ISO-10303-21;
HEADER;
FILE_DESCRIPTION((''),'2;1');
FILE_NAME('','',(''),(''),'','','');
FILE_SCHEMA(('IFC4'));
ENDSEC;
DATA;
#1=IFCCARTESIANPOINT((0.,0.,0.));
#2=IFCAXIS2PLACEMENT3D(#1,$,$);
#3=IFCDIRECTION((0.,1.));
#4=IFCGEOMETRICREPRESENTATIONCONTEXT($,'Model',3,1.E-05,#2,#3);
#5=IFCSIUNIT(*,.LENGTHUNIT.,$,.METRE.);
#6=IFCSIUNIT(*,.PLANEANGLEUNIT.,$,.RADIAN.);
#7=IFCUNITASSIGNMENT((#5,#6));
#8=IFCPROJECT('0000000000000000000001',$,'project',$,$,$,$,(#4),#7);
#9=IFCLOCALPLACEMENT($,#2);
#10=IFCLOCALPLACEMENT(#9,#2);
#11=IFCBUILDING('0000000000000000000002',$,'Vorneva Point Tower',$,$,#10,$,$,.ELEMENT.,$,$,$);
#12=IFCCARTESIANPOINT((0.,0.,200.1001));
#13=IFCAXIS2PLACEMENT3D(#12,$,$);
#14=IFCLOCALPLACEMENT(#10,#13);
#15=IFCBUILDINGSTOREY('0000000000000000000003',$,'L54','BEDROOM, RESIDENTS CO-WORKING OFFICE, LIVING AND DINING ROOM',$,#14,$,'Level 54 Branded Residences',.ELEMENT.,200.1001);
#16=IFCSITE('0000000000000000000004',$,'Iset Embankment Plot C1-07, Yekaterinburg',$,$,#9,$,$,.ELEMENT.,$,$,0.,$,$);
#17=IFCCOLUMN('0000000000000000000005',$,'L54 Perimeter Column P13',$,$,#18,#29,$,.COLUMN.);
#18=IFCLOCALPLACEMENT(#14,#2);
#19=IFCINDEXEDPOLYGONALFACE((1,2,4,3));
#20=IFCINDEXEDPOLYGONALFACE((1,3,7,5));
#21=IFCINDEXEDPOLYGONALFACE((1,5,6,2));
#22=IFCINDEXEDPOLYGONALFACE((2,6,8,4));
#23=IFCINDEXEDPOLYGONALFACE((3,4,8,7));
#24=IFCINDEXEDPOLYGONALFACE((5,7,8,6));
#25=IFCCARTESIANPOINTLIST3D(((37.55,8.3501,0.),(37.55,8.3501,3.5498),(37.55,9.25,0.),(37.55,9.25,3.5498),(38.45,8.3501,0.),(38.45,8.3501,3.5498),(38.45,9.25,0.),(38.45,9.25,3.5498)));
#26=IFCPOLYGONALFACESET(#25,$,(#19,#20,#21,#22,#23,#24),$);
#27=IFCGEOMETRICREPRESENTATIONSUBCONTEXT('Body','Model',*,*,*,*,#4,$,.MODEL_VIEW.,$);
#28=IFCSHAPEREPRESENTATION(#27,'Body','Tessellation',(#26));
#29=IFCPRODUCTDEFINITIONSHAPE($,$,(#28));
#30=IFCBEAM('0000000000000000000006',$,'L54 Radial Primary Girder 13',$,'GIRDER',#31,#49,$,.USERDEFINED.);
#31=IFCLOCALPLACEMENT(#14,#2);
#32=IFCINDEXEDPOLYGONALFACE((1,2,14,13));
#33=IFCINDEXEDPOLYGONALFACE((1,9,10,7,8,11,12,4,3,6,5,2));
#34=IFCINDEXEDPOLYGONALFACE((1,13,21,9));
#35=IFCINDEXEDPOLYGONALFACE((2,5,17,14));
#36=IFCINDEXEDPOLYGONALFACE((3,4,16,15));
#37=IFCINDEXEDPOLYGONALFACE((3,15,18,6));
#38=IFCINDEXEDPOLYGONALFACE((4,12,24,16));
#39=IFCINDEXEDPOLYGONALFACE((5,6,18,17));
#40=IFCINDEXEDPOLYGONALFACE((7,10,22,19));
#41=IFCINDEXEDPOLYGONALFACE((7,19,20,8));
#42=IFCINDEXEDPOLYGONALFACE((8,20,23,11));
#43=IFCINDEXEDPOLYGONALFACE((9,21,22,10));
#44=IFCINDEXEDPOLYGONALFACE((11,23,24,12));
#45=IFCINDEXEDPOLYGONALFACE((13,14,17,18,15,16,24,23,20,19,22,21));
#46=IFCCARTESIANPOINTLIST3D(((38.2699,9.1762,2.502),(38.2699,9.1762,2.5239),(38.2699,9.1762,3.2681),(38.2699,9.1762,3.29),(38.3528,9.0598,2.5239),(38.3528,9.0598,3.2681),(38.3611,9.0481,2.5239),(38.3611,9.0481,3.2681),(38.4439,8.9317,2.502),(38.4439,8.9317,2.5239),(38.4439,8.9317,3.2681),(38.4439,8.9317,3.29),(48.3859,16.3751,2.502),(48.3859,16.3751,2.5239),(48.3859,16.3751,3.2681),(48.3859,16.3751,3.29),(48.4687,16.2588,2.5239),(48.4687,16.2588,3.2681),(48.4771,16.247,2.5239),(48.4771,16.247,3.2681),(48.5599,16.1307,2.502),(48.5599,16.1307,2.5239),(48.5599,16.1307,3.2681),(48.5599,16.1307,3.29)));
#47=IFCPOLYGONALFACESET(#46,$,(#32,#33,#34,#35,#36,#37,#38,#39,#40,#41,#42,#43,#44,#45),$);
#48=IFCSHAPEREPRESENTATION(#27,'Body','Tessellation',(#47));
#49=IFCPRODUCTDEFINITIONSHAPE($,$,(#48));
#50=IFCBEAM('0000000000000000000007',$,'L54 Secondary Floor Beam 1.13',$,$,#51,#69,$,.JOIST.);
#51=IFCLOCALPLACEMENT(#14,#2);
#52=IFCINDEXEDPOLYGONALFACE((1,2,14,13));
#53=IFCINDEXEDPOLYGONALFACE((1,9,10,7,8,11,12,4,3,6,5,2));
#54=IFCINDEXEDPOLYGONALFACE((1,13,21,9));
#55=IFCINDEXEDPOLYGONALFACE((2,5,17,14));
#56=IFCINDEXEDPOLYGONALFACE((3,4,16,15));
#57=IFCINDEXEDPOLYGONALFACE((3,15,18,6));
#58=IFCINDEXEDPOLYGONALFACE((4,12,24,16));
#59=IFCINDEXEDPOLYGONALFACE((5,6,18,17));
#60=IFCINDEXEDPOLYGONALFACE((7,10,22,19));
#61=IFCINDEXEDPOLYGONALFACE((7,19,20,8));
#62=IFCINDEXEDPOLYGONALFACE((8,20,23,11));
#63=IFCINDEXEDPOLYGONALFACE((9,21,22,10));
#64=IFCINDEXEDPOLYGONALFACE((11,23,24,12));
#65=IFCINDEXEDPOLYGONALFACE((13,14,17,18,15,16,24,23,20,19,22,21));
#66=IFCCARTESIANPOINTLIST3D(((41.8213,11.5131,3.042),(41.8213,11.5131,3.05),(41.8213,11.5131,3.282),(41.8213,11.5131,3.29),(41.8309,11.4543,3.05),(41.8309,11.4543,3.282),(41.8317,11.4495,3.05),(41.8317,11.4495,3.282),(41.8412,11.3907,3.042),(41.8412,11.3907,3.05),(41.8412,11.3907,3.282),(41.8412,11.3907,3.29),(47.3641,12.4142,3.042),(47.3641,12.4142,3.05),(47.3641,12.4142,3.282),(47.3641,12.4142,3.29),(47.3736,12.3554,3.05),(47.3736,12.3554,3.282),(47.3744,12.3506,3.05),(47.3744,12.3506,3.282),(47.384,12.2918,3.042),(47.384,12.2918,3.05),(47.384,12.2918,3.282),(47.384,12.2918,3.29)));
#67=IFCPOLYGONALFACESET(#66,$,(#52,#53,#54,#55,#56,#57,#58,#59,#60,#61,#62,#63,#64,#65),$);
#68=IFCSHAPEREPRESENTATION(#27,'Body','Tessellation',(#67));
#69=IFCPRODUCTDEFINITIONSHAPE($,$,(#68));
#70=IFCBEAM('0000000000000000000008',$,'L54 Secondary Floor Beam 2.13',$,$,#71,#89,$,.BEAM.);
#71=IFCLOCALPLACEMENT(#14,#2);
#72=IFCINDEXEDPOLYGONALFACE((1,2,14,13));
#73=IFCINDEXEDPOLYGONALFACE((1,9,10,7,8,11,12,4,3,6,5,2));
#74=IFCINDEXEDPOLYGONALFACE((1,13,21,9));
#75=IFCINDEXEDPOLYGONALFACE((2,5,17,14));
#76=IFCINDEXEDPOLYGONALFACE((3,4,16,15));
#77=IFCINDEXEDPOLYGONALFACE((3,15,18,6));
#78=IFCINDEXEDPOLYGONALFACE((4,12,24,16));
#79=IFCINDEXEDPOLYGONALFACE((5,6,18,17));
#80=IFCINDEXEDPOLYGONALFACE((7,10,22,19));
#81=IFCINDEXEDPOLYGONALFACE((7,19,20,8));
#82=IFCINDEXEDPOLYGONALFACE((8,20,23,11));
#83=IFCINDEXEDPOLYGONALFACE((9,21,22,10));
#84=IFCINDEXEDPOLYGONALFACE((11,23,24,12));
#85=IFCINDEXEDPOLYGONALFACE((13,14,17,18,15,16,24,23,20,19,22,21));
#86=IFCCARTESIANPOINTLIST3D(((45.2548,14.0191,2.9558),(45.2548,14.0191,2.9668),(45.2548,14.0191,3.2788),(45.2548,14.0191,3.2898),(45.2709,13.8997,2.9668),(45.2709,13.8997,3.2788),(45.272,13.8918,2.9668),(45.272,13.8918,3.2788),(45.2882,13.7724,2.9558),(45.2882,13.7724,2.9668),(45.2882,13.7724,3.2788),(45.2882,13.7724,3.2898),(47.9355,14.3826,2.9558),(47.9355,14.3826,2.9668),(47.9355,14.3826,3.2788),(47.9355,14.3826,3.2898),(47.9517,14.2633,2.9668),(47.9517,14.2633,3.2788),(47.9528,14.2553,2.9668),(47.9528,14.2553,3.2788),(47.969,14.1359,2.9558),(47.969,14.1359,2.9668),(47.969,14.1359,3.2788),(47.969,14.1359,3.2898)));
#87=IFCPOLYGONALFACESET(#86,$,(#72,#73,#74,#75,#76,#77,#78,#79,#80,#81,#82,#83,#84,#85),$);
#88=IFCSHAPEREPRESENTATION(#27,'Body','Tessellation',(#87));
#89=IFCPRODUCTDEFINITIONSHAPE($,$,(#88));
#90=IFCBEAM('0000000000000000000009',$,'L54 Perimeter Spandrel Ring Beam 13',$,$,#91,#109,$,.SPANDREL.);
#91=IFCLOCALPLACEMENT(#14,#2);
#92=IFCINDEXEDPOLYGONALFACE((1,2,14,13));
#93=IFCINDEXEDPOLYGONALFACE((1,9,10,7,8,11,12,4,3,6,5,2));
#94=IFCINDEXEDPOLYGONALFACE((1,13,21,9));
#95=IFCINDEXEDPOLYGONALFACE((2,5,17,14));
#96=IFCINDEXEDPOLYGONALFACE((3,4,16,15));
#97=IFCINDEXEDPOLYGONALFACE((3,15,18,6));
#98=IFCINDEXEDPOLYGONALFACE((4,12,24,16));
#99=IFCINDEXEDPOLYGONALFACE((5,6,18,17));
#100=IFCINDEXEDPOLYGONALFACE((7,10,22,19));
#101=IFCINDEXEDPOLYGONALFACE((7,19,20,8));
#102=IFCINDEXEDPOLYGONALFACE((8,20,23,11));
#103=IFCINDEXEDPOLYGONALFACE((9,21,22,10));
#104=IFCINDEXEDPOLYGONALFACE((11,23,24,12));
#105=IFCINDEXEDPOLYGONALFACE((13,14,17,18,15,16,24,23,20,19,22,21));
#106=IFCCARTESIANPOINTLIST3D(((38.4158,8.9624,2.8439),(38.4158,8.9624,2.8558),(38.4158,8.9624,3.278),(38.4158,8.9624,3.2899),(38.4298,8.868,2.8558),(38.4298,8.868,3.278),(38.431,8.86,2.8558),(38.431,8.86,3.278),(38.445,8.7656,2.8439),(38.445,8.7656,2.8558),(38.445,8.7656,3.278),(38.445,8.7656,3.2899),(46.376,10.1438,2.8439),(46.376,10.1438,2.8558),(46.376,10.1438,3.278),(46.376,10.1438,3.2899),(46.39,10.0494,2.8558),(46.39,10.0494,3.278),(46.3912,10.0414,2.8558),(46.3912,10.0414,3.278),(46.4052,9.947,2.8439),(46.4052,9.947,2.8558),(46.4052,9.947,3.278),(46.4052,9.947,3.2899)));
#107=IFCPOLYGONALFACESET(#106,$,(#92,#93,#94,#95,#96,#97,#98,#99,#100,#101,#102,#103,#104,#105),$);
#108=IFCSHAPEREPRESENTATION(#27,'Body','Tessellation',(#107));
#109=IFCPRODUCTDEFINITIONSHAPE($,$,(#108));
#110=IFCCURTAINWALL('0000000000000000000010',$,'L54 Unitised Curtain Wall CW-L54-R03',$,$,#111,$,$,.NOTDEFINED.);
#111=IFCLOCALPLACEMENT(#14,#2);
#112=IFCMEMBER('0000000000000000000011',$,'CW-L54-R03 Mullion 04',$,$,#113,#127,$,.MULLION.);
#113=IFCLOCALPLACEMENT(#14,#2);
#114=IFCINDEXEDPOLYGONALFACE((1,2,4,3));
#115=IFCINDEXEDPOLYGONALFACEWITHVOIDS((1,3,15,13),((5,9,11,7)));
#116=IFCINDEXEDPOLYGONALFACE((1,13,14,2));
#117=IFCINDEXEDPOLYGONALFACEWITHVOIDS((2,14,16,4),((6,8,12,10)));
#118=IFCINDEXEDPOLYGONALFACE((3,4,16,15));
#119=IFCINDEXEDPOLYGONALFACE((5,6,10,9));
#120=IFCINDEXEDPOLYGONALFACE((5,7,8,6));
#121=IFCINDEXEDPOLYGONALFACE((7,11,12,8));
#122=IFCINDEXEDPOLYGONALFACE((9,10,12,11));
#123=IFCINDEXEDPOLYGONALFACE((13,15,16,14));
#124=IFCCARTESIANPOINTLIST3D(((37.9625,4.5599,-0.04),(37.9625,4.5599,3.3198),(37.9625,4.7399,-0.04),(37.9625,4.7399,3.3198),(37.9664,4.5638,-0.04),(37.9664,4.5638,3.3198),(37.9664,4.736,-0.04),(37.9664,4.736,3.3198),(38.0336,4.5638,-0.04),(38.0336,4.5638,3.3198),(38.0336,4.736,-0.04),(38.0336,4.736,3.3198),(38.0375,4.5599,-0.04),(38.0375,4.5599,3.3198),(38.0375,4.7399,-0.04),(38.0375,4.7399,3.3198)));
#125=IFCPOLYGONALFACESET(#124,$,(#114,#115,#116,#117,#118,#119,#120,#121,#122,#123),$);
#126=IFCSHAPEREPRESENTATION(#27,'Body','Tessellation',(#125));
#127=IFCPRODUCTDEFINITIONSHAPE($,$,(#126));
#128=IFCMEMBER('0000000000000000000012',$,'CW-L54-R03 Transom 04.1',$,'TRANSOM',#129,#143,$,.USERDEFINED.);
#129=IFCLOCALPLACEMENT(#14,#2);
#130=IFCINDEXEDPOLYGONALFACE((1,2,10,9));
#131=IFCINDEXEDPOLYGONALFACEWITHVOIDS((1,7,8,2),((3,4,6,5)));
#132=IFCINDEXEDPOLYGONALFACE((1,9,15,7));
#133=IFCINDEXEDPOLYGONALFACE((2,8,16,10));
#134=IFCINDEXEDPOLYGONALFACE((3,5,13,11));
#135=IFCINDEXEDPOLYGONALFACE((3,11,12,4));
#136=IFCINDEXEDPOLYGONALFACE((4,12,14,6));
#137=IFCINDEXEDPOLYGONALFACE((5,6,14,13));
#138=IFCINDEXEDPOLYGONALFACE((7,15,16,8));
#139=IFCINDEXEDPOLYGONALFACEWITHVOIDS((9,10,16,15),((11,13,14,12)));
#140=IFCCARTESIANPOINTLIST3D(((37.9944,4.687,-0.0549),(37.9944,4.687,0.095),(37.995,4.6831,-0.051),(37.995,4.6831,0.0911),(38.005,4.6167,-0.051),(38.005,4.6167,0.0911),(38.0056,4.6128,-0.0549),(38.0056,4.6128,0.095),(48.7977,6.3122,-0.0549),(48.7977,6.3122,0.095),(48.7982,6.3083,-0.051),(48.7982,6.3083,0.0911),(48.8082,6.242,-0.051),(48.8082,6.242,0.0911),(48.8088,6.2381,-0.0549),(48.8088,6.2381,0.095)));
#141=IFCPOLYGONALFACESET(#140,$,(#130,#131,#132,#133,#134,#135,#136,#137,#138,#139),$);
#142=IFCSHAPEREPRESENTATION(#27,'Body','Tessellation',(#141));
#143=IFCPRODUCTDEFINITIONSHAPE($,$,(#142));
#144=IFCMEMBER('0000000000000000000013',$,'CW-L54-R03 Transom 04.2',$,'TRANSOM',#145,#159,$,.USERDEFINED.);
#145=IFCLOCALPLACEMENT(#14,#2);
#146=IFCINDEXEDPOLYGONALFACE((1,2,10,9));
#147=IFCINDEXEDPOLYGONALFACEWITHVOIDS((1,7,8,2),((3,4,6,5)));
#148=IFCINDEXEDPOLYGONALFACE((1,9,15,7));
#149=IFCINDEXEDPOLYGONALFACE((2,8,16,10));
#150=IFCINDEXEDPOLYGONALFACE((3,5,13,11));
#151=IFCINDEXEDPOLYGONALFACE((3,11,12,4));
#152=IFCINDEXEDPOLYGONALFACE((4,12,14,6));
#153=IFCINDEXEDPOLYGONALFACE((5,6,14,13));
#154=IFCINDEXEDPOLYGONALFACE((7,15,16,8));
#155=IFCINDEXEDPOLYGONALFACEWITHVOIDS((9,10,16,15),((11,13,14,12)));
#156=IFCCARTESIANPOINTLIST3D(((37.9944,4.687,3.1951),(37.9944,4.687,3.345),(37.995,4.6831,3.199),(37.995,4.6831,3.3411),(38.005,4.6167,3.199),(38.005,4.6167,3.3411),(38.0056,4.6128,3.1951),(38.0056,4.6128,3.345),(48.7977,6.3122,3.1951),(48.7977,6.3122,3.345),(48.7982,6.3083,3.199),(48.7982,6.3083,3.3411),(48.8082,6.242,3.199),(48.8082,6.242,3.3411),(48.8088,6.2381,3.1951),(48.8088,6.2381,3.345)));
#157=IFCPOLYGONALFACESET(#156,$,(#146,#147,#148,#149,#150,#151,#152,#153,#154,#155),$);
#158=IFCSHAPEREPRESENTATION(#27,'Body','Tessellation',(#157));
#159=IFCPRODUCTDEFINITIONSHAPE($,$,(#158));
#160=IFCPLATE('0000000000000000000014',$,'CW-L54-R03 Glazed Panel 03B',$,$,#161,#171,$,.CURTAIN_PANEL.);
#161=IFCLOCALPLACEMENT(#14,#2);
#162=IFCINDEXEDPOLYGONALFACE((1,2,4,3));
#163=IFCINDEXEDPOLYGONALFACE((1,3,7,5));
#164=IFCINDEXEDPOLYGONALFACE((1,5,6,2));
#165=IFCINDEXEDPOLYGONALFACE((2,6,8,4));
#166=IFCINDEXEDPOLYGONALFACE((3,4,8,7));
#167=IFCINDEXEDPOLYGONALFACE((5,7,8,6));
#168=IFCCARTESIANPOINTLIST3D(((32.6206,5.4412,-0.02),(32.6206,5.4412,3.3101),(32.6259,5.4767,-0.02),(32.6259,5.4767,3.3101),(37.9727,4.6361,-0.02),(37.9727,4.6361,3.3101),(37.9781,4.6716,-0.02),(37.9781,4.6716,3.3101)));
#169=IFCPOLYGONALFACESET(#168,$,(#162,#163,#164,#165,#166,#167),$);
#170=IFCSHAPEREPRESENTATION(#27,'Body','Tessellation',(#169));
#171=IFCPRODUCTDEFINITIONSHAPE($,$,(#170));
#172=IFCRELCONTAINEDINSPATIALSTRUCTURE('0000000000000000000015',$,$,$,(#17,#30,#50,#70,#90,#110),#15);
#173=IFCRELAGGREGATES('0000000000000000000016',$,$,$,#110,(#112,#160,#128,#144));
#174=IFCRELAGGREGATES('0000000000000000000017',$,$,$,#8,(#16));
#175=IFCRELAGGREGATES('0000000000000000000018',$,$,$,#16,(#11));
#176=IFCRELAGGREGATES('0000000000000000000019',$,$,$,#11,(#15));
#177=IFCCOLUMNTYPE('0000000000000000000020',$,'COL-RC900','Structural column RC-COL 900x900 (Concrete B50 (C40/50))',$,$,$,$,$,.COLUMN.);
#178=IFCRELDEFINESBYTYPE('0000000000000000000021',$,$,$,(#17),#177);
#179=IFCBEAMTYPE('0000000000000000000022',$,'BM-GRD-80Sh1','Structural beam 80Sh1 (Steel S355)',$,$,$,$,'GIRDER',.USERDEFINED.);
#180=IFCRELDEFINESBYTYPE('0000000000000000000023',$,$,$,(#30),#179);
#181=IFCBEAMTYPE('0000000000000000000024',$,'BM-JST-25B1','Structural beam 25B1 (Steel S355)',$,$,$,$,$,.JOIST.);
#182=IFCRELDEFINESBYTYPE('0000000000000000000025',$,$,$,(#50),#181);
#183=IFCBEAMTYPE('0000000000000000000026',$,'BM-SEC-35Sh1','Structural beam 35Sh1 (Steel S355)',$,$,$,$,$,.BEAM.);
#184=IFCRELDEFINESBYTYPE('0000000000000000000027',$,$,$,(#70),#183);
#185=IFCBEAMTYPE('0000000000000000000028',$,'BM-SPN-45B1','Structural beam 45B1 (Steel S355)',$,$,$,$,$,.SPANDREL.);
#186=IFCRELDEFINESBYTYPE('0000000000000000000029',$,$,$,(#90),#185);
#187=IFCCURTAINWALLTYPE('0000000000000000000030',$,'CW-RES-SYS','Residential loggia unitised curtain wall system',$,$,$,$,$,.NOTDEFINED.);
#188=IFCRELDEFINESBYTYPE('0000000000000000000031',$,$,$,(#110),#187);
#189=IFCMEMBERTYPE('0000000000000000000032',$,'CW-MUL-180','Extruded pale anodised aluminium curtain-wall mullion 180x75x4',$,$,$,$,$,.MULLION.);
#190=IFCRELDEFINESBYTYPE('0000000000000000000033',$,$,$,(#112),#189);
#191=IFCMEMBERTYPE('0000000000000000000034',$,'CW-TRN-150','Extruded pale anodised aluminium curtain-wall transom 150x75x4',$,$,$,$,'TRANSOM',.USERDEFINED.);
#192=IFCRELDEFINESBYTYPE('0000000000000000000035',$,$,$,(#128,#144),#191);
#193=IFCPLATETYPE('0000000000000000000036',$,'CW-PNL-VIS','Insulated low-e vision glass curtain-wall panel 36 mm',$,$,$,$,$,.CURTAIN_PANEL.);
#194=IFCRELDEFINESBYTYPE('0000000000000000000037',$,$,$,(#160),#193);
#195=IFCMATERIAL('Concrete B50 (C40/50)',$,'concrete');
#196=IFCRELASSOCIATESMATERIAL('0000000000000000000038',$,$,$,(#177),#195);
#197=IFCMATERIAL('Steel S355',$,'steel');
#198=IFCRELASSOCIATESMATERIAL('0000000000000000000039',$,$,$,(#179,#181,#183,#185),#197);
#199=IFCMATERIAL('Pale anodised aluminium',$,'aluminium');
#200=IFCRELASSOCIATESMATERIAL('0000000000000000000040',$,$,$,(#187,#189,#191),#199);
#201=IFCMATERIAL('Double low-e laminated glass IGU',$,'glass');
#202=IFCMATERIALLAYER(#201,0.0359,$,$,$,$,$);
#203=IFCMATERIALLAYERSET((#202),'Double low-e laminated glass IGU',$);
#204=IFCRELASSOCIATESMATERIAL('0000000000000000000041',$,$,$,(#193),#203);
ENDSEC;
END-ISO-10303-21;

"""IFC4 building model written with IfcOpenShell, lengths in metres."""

from ifc_helpers import new_model, si_unit, direction, frame, origin, origin_2d, place, context, subcontext, project, spatial, rectangle, hollow_rectangle, i_section, extrude, material, layer, layer_set, material_profile, profile_set, type_object, element, aggregate, save


model = new_model("IFC4")

# Units and contexts
model_context = context("Model", 3, precision=1e-05, world=origin(), true_north=direction((0.0, 1.0)))
body_context = subcontext(model_context, "Body", "Model", "MODEL_VIEW")
ifc_project = project(units=[si_unit("LENGTHUNIT", "METRE"), si_unit("PLANEANGLEUNIT", "RADIAN")], contexts=[model_context])

# Site, building, storey
site_placement = place(None, origin())
site = spatial("IfcSite", under=ifc_project, at=site_placement, Name="Iset Embankment Plot C1-07, Yekaterinburg", CompositionType="ELEMENT", RefElevation=0.0)
building_placement = place(site_placement, origin())
building = spatial("IfcBuilding", under=site, at=building_placement, Name="Vorneva Point Tower", CompositionType="ELEMENT")
storey_placement = place(building_placement, frame((0.0, 0.0, 200.1001)))
storey = spatial("IfcBuildingStorey", under=building, at=storey_placement, Name="L54", Description="BEDROOM, RESIDENTS CO-WORKING OFFICE, LIVING AND DINING ROOM", LongName="Level 54 Branded Residences", CompositionType="ELEMENT", Elevation=200.1001)

# Column
ifc_material_1 = material(Name="Concrete B50 (C40/50)", Category="concrete")
ifc_material_profile_1 = material_profile(ifc_material_1, rectangle(XDim=0.8999, YDim=0.8999, at=origin_2d()), Name="RC-COL 900x900")
ifc_profile_set_1 = profile_set([ifc_material_profile_1], Name="Concrete B50 (C40/50)")
column_type = type_object("IfcColumnType", Name="COL-RC900", Description="Structural column RC-COL 900x900 (Concrete B50 (C40/50))", PredefinedType="COLUMN", material=ifc_profile_set_1)
column_placement = place(storey_placement, frame((38.0, 8.8, 0.0), z_axis=(0.0, 0.0, 1.0), x_axis=(0.0, -1.0, 0.0)))
element("IfcColumn", 1, at=column_placement, inside=storey, type_object=column_type, Name="L54 Perimeter Column P13", PredefinedType="COLUMN", context=body_context, shape_type="SweptSolid", body=[
    extrude(rectangle(XDim=0.8999, YDim=0.8999, at=origin_2d()), origin(), (0.0, 0.0, 1.0), 3.5498),
])

# Beams
ifc_material_2 = material(Name="Steel S355", Category="steel")
ifc_material_profile_2 = material_profile(ifc_material_2, i_section(OverallWidth=0.3, OverallDepth=0.7881, WebThickness=0.0144, FlangeThickness=0.022, at=origin_2d()), Name="80Sh1")
ifc_profile_set_2 = profile_set([ifc_material_profile_2], Name="Steel S355")
beam_type_1 = type_object("IfcBeamType", Name="BM-GRD-80Sh1", Description="Structural beam 80Sh1 (Steel S355)", ElementType="GIRDER", PredefinedType="USERDEFINED", material=ifc_profile_set_2)
beam_1_placement = place(storey_placement, frame((38.3569, 9.054, 2.896), z_axis=(0.81475, 0.579813, 0.0), x_axis=(-0.579813, 0.81475, 0.0)))
element("IfcBeam", 2, at=beam_1_placement, inside=storey, type_object=beam_type_1, Name="L54 Radial Primary Girder 13", ObjectType="GIRDER", PredefinedType="USERDEFINED", context=body_context, shape_type="SweptSolid", body=[
    extrude(i_section(OverallWidth=0.3, OverallDepth=0.7881, WebThickness=0.0144, FlangeThickness=0.022, at=origin_2d()), origin(), (0.0, 0.0, 1.0), 12.416),
])
ifc_material_profile_3 = material_profile(ifc_material_2, i_section(OverallWidth=0.124, OverallDepth=0.248, WebThickness=0.0049, FlangeThickness=0.0081, at=origin_2d()), Name="25B1")
ifc_profile_set_3 = profile_set([ifc_material_profile_3], Name="Steel S355")
beam_type_2 = type_object("IfcBeamType", Name="BM-JST-25B1", Description="Structural beam 25B1 (Steel S355)", PredefinedType="JOIST", material=ifc_profile_set_3)
beam_2_placement = place(storey_placement, frame((41.8313, 11.4519, 3.166), z_axis=(0.987041, 0.160471, 0.0), x_axis=(-0.160471, 0.987041, 0.0)))
element("IfcBeam", 3, at=beam_2_placement, inside=storey, type_object=beam_type_2, Name="L54 Secondary Floor Beam 1.13", PredefinedType="JOIST", context=body_context, shape_type="SweptSolid", body=[
    extrude(i_section(OverallWidth=0.124, OverallDepth=0.248, WebThickness=0.0049, FlangeThickness=0.0081, at=origin_2d()), origin(), (0.0, 0.0, 1.0), 5.6155),
])
ifc_material_profile_4 = material_profile(ifc_material_2, i_section(OverallWidth=0.249, OverallDepth=0.334, WebThickness=0.0081, FlangeThickness=0.011, at=origin_2d()), Name="35Sh1")
ifc_profile_set_4 = profile_set([ifc_material_profile_4], Name="Steel S355")
beam_type_3 = type_object("IfcBeamType", Name="BM-SEC-35Sh1", Description="Structural beam 35Sh1 (Steel S355)", PredefinedType="BEAM", material=ifc_profile_set_4)
beam_3_placement = place(storey_placement, frame((45.2715, 13.8958, 3.1228), z_axis=(0.990931, 0.134368, 0.0), x_axis=(-0.134368, 0.990931, 0.0)))
element("IfcBeam", 4, at=beam_3_placement, inside=storey, type_object=beam_type_3, Name="L54 Secondary Floor Beam 2.13", PredefinedType="BEAM", context=body_context, shape_type="SweptSolid", body=[
    extrude(i_section(OverallWidth=0.249, OverallDepth=0.334, WebThickness=0.0081, FlangeThickness=0.011, at=origin_2d()), origin(), (0.0, 0.0, 1.0), 2.7053),
])
ifc_material_profile_5 = material_profile(ifc_material_2, i_section(OverallWidth=0.199, OverallDepth=0.446, WebThickness=0.0081, FlangeThickness=0.012, at=origin_2d()), Name="45B1")
ifc_profile_set_5 = profile_set([ifc_material_profile_5], Name="Steel S355")
beam_type_4 = type_object("IfcBeamType", Name="BM-SPN-45B1", Description="Structural beam 45B1 (Steel S355)", PredefinedType="SPANDREL", material=ifc_profile_set_5)
beam_4_placement = place(storey_placement, frame((38.4304, 8.864, 3.0669), z_axis=(0.989165, 0.146805, 0.0), x_axis=(-0.146805, 0.989165, 0.0)))
element("IfcBeam", 5, at=beam_4_placement, inside=storey, type_object=beam_type_4, Name="L54 Perimeter Spandrel Ring Beam 13", PredefinedType="SPANDREL", context=body_context, shape_type="SweptSolid", body=[
    extrude(i_section(OverallWidth=0.199, OverallDepth=0.446, WebThickness=0.0081, FlangeThickness=0.012, at=origin_2d()), origin(), (0.0, 0.0, 1.0), 8.0474),
])

# Curtain wall, members, plate
ifc_material_3 = material(Name="Pale anodised aluminium", Category="aluminium")
curtain_wall_type = type_object("IfcCurtainWallType", Name="CW-RES-SYS", Description="Residential loggia unitised curtain wall system", PredefinedType="NOTDEFINED", material=ifc_material_3)
curtain_wall_placement = place(storey_placement, origin())
curtain_wall = element("IfcCurtainWall", 6, at=curtain_wall_placement, inside=storey, type_object=curtain_wall_type, Name="L54 Unitised Curtain Wall CW-L54-R03", PredefinedType="NOTDEFINED")
ifc_material_profile_6 = material_profile(ifc_material_3, hollow_rectangle(XDim=0.075, YDim=0.1799, WallThickness=0.0039, at=origin_2d()), Name="AL-MUL 180x75x4")
ifc_profile_set_6 = profile_set([ifc_material_profile_6], Name="Pale anodised aluminium")
member_type_1 = type_object("IfcMemberType", Name="CW-MUL-180", Description="Extruded pale anodised aluminium curtain-wall mullion 180x75x4", PredefinedType="MULLION", material=ifc_profile_set_6)
member_1_placement = place(storey_placement, frame((38.0, 4.6499, -0.04), z_axis=(0.0, 0.0, 1.0), x_axis=(1.0, 0.0, 0.0)))
member_1 = element("IfcMember", 7, at=member_1_placement, type_object=member_type_1, Name="CW-L54-R03 Mullion 04", PredefinedType="MULLION", context=body_context, shape_type="SweptSolid", body=[
    extrude(hollow_rectangle(XDim=0.075, YDim=0.1799, WallThickness=0.0039, at=origin_2d()), origin(), (0.0, 0.0, 1.0), 3.3599),
])
ifc_material_profile_7 = material_profile(ifc_material_3, hollow_rectangle(XDim=0.075, YDim=0.1499, WallThickness=0.0039, at=origin_2d()), Name="AL-TRN 150x75x4")
ifc_profile_set_7 = profile_set([ifc_material_profile_7], Name="Pale anodised aluminium")
member_type_2 = type_object("IfcMemberType", Name="CW-TRN-150", Description="Extruded pale anodised aluminium curtain-wall transom 150x75x4", ElementType="TRANSOM", PredefinedType="USERDEFINED", material=ifc_profile_set_7)
member_2_placement = place(storey_placement, frame((38.0, 4.6499, 0.02), z_axis=(0.988872, 0.148767, 0.0), x_axis=(-0.148767, 0.988872, 0.0)))
member_2 = element("IfcMember", 8, at=member_2_placement, type_object=member_type_2, Name="CW-L54-R03 Transom 04.1", ObjectType="TRANSOM", PredefinedType="USERDEFINED", context=body_context, shape_type="SweptSolid", body=[
    extrude(hollow_rectangle(XDim=0.075, YDim=0.1499, WallThickness=0.0039, at=origin_2d()), origin(), (0.0, 0.0, 1.0), 10.9248),
])
member_3_placement = place(storey_placement, frame((38.0, 4.6499, 3.27), z_axis=(0.988872, 0.148767, 0.0), x_axis=(-0.148767, 0.988872, 0.0)))
member_3 = element("IfcMember", 9, at=member_3_placement, type_object=member_type_2, Name="CW-L54-R03 Transom 04.2", ObjectType="TRANSOM", PredefinedType="USERDEFINED", context=body_context, shape_type="SweptSolid", body=[
    extrude(hollow_rectangle(XDim=0.075, YDim=0.1499, WallThickness=0.0039, at=origin_2d()), origin(), (0.0, 0.0, 1.0), 10.9248),
])
ifc_material_4 = material(Name="Double low-e laminated glass IGU", Category="glass")
ifc_layer_1 = layer(ifc_material_4, 0.0359)
ifc_layer_set_1 = layer_set([ifc_layer_1], Name="Double low-e laminated glass IGU")
plate_type = type_object("IfcPlateType", Name="CW-PNL-VIS", Description="Insulated low-e vision glass curtain-wall panel 36 mm", PredefinedType="CURTAIN_PANEL", material=ifc_layer_set_1)
plate_1_placement = place(storey_placement, frame((35.2993, 5.0564, -0.02), z_axis=(0.0, 0.0, 1.0), x_axis=(0.988874, -0.148759, 0.0)))
plate_1 = element("IfcPlate", 10, at=plate_1_placement, type_object=plate_type, Name="CW-L54-R03 Glazed Panel 03B", PredefinedType="CURTAIN_PANEL", context=body_context, shape_type="SweptSolid", body=[
    extrude(rectangle(XDim=5.4124, YDim=0.0359, at=origin_2d()), origin(), (0.0, 0.0, 1.0), 3.3301),
])
aggregate(curtain_wall, [member_1, plate_1, member_2, member_3])

save(model, "model.ifc")
